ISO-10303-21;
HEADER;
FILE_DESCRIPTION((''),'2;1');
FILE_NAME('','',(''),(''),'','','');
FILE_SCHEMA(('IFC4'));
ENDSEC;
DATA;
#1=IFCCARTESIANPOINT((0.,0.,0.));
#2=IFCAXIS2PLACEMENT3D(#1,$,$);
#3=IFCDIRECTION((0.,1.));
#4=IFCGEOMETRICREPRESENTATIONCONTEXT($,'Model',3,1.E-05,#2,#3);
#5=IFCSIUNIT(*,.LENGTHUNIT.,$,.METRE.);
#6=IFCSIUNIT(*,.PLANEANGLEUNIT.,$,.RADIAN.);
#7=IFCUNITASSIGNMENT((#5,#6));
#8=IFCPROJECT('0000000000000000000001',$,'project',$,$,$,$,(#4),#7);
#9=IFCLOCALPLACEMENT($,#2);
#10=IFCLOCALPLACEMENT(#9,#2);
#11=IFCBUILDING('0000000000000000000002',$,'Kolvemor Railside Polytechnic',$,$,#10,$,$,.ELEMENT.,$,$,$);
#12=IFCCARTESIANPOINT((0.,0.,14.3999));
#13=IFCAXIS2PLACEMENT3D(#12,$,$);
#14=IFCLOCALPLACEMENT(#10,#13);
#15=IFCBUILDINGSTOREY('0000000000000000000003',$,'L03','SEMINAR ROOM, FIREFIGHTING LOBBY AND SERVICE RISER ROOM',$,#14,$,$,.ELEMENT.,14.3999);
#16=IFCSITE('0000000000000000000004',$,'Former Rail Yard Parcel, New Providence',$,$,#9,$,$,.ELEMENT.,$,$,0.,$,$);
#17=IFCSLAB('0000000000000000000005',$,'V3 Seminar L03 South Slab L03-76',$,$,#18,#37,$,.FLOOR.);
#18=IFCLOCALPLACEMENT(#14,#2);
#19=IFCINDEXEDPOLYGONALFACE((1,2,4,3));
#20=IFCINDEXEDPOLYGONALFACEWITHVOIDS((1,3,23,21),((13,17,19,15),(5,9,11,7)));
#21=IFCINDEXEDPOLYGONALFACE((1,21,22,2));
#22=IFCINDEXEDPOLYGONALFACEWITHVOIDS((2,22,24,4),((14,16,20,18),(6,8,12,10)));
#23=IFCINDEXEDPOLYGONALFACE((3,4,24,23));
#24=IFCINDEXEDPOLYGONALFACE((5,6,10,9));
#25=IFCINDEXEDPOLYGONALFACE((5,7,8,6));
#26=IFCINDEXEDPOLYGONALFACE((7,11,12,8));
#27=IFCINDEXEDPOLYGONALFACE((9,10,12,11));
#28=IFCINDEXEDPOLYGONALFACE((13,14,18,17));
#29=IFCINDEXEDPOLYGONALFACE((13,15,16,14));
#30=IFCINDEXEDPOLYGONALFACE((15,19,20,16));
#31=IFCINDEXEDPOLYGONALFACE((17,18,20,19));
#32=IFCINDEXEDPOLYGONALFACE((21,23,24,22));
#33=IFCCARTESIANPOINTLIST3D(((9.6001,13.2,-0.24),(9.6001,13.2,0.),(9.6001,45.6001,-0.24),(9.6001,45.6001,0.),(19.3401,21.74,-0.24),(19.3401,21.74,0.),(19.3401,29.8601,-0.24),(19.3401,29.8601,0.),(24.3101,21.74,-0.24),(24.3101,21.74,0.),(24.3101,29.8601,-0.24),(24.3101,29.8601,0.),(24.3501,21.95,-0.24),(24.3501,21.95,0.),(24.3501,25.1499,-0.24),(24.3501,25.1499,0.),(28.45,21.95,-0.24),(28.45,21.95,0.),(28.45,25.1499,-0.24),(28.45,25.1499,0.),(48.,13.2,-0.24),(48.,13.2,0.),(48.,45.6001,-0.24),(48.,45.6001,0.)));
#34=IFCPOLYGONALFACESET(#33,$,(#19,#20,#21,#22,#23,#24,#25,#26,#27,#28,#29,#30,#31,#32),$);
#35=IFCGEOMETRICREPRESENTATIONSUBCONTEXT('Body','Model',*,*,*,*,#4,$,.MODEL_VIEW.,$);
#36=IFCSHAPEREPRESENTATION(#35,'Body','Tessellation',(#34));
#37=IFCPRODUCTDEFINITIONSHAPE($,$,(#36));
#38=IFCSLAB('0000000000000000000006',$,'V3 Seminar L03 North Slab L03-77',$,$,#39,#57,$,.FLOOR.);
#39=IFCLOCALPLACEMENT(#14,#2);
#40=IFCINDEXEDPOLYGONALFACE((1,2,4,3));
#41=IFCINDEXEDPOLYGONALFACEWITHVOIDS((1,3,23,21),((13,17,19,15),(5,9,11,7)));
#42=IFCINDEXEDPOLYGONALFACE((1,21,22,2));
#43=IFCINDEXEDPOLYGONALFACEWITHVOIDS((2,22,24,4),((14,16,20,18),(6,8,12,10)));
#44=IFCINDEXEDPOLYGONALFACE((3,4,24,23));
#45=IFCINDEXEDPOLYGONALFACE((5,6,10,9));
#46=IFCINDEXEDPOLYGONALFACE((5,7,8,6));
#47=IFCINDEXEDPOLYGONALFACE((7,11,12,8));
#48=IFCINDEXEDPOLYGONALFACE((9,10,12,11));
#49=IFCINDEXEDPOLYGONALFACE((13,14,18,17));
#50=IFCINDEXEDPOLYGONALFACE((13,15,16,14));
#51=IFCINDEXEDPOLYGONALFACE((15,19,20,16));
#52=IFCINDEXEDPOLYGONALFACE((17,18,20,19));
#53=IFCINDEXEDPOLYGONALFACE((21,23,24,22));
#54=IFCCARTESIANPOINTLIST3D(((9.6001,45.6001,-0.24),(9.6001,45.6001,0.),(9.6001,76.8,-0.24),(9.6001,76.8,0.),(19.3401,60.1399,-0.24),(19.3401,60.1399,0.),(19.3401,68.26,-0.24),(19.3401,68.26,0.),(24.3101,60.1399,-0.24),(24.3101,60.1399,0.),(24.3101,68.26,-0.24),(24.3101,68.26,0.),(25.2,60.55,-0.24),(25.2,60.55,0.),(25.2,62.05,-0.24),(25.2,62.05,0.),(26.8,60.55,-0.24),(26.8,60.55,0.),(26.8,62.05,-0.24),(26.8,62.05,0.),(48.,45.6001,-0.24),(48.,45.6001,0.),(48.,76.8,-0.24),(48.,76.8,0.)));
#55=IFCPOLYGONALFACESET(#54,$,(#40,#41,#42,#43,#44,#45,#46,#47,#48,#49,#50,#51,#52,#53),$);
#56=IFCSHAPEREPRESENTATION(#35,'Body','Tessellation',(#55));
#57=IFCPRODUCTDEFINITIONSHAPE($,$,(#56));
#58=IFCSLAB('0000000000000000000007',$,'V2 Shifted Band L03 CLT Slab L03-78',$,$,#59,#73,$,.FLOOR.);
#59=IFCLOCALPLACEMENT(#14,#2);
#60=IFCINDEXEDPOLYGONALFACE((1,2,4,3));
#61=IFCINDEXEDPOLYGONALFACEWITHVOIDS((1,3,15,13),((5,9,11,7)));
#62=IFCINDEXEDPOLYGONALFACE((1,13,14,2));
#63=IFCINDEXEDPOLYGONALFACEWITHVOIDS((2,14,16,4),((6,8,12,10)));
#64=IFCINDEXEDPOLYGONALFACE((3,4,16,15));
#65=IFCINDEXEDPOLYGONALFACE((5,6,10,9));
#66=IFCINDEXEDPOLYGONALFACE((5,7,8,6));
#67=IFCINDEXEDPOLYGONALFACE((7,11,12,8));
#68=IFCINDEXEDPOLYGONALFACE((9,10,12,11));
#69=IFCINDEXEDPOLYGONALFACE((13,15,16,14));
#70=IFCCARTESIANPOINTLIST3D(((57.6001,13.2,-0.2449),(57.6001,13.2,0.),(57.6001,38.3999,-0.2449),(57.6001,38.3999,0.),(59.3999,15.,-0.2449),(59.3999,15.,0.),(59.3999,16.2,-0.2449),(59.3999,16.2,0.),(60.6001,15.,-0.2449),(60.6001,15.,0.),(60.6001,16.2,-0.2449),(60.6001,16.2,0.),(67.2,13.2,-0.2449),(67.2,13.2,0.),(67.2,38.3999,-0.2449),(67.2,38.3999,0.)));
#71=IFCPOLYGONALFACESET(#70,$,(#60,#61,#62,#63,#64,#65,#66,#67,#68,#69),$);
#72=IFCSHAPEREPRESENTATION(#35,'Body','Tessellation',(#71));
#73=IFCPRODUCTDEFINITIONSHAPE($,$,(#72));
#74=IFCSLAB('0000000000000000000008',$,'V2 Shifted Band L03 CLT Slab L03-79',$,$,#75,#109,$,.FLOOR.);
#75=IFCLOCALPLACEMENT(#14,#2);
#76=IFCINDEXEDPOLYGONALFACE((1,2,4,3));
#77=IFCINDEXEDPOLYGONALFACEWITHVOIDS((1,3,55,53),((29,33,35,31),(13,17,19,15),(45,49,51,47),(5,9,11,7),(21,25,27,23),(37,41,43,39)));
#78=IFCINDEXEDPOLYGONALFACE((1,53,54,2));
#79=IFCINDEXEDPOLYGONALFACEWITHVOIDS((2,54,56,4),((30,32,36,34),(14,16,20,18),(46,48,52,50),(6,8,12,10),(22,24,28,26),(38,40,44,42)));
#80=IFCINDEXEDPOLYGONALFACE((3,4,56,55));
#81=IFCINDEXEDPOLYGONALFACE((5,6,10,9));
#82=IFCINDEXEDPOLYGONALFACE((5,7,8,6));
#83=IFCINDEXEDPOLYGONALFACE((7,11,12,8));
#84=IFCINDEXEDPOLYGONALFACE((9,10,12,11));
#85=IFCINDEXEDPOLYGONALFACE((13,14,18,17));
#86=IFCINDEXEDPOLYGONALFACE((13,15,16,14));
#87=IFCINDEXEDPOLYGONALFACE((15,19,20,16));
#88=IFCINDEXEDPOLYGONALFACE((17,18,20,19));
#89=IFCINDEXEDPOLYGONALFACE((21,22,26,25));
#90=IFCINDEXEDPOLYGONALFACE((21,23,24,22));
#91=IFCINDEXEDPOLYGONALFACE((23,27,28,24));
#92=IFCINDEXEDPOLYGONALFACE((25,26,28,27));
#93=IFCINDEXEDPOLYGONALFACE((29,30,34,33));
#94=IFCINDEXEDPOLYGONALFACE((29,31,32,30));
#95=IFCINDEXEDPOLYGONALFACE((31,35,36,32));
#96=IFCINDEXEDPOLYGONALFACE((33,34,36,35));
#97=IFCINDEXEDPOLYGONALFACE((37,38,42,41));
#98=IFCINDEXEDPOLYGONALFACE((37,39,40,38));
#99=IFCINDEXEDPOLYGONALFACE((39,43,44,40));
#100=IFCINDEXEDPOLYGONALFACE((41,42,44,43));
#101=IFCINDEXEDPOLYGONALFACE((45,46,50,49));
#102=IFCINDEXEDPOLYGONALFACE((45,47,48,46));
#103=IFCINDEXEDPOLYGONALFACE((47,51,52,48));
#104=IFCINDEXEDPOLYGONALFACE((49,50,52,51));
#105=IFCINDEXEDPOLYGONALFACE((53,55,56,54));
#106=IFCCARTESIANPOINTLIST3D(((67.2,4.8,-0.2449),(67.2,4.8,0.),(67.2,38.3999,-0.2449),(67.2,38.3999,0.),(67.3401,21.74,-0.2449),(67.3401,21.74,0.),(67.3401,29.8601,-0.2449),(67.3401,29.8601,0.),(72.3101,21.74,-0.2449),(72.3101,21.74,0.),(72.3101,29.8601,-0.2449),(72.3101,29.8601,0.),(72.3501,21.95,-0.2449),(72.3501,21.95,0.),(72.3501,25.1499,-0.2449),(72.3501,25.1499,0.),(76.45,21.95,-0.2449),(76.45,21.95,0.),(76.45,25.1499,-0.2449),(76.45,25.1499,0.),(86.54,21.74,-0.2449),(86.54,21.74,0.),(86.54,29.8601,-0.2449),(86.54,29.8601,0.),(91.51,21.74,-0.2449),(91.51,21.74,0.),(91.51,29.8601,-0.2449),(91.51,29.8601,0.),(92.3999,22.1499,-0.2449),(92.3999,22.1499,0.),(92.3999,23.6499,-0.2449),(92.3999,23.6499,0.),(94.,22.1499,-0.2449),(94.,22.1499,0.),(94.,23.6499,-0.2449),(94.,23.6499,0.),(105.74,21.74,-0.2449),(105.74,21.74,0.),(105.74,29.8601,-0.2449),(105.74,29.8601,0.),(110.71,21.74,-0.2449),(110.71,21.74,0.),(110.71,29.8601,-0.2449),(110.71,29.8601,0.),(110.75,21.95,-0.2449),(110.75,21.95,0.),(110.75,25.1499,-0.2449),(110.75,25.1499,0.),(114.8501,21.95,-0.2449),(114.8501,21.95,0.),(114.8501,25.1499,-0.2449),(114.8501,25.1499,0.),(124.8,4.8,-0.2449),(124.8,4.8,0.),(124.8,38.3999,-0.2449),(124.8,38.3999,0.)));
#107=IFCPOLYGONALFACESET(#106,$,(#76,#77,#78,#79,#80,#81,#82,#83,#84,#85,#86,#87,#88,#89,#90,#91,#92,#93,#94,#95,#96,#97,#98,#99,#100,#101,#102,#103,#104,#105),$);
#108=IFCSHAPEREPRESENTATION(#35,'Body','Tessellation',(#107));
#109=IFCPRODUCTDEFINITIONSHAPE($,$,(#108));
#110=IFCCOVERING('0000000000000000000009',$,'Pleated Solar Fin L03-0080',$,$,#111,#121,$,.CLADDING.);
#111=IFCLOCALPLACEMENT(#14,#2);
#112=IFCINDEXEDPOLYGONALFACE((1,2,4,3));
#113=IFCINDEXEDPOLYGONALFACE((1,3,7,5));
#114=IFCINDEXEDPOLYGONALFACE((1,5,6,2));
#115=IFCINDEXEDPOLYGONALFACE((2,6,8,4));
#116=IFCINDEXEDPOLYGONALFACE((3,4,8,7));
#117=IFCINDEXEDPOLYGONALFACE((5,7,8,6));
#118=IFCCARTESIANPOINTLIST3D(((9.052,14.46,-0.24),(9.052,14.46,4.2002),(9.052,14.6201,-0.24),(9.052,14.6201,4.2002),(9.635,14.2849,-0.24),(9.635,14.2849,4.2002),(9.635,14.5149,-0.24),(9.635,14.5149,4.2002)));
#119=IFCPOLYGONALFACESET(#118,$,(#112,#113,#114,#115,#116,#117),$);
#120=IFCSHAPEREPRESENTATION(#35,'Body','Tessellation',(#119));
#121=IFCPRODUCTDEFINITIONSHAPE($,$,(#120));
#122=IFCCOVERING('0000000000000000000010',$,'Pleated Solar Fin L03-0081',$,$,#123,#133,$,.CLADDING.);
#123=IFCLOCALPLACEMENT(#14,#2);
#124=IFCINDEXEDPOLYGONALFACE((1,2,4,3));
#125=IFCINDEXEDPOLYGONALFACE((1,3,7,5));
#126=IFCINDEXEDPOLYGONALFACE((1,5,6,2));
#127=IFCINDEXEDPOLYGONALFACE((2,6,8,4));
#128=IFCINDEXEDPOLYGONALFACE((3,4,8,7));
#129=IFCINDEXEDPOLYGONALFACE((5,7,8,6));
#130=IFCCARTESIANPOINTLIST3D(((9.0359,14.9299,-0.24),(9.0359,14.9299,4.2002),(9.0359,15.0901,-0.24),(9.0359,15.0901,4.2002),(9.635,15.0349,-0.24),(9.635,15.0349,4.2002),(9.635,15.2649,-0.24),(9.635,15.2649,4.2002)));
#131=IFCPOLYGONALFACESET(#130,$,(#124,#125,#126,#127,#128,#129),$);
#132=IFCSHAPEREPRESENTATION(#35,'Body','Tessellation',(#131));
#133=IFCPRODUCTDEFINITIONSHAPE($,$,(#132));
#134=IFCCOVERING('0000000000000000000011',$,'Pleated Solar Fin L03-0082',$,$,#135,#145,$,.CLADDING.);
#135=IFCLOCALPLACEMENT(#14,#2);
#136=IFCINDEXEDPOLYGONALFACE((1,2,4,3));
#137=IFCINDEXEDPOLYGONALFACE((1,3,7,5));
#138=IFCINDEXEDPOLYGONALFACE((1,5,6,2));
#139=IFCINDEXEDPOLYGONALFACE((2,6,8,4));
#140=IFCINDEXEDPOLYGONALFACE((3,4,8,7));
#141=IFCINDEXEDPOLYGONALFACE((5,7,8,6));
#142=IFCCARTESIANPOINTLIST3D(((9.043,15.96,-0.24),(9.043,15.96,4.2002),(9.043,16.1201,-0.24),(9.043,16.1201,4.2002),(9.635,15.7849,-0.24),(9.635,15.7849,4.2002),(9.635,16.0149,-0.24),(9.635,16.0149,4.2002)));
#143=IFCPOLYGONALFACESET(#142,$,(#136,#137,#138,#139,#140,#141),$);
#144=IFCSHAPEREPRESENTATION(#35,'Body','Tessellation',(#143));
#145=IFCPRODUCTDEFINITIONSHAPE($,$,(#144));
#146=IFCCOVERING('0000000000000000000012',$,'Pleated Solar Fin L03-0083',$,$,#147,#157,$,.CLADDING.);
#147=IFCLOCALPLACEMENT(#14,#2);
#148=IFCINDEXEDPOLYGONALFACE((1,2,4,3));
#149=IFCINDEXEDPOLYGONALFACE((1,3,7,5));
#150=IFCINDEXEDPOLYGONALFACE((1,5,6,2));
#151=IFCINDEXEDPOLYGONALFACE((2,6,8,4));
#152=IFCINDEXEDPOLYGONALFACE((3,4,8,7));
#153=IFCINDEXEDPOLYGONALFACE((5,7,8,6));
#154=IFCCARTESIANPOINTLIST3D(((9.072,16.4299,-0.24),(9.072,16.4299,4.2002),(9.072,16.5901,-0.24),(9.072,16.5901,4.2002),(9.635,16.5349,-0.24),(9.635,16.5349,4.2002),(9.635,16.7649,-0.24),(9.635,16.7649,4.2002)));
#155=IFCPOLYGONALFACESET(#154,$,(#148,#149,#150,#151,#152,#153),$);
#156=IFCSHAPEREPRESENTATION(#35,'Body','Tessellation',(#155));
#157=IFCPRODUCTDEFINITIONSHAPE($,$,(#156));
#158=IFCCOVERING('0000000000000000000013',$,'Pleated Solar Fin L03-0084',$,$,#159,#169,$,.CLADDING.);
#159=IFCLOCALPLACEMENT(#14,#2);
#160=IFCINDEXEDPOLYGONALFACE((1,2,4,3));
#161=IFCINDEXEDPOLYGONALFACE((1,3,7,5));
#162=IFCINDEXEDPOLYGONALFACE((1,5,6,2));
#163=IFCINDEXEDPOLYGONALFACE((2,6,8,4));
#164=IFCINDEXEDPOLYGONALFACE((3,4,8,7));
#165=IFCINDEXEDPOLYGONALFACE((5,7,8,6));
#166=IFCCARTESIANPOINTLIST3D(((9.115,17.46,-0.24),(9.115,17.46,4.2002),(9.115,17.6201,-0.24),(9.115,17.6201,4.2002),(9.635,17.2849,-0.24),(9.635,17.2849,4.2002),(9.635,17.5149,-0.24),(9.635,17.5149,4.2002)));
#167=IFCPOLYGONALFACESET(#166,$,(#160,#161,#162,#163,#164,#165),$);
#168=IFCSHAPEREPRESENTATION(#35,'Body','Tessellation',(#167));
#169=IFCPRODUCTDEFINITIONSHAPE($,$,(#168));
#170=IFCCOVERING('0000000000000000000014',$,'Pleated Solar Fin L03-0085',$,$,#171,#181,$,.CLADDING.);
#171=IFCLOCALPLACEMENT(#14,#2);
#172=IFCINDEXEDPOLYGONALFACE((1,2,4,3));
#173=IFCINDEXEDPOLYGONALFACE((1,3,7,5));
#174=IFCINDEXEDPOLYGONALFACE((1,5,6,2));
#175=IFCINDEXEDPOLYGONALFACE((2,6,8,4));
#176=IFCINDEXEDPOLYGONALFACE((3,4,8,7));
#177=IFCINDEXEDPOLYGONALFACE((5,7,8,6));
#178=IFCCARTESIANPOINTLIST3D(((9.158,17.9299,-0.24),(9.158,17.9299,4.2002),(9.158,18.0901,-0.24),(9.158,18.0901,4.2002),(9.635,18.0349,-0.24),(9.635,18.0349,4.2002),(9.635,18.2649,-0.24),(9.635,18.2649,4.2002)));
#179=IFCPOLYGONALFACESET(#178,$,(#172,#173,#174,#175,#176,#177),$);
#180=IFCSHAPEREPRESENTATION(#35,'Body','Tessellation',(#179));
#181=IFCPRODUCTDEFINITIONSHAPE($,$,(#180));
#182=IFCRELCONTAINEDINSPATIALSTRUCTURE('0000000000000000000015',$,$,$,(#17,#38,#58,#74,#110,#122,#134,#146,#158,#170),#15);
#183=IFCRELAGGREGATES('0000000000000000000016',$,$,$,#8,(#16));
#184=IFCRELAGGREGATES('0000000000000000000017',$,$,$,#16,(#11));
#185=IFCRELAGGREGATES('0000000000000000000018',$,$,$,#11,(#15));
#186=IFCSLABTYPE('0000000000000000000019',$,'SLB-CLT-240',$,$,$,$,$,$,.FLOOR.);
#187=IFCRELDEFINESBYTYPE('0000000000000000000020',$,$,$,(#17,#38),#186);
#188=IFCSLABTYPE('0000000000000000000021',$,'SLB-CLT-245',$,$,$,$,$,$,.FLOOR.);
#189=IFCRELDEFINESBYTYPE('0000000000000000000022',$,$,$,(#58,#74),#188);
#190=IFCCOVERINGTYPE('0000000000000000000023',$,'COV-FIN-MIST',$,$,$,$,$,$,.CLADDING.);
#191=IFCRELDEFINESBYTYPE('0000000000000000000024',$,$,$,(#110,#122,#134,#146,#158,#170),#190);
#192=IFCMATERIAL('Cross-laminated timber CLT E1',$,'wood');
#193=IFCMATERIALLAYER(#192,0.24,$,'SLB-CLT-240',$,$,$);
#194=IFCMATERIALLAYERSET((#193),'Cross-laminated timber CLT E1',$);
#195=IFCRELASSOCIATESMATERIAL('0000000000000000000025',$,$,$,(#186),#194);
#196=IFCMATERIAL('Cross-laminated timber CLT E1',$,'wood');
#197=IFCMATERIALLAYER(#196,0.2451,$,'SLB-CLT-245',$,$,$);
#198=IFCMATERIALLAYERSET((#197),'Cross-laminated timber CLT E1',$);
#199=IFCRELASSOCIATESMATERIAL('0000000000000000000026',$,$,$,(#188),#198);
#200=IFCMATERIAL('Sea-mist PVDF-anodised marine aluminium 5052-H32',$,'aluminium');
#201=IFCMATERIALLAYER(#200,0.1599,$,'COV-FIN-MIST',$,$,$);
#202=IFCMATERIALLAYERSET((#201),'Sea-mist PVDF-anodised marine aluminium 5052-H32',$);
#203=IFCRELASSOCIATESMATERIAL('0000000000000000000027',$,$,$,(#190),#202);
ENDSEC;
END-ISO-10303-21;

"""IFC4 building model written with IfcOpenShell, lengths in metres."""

from ifc_helpers import new_model, si_unit, direction, frame, origin, place, context, subcontext, project, spatial, polyline, outline, extrude, material, layer, layer_set, type_object, element, save


model = new_model("IFC4")

# Units and contexts
model_context = context("Model", 3, precision=1e-05, world=origin(), true_north=direction((0.0, 1.0)))
body_context = subcontext(model_context, "Body", "Model", "MODEL_VIEW")
ifc_project = project(units=[si_unit("LENGTHUNIT", "METRE"), si_unit("PLANEANGLEUNIT", "RADIAN")], contexts=[model_context])

# Site, building, storey
site_placement = place(None, origin())
site = spatial("IfcSite", under=ifc_project, at=site_placement, Name="Former Rail Yard Parcel, New Providence", CompositionType="ELEMENT", RefElevation=0.0)
building_placement = place(site_placement, origin())
building = spatial("IfcBuilding", under=site, at=building_placement, Name="Kolvemor Railside Polytechnic", CompositionType="ELEMENT")
storey_placement = place(building_placement, frame((0.0, 0.0, 14.3999)))
storey = spatial("IfcBuildingStorey", under=building, at=storey_placement, Name="L03", Description="SEMINAR ROOM, FIREFIGHTING LOBBY AND SERVICE RISER ROOM", CompositionType="ELEMENT", Elevation=14.3999)

# Slabs
ifc_material_1 = material(Name="Cross-laminated timber CLT E1", Category="wood")
ifc_layer_1 = layer(ifc_material_1, 0.24, Name="SLB-CLT-240")
ifc_layer_set_1 = layer_set([ifc_layer_1], Name="Cross-laminated timber CLT E1")
slab_type_1 = type_object("IfcSlabType", Name="SLB-CLT-240", PredefinedType="FLOOR", material=ifc_layer_set_1)
slab_1_placement = place(storey_placement, frame((0.0, 0.0, -0.24)))
element("IfcSlab", 1, at=slab_1_placement, inside=storey, type_object=slab_type_1, Name="V3 Seminar L03 South Slab L03-76", PredefinedType="FLOOR", context=body_context, shape_type="SweptSolid", body=[
    extrude(outline(polyline([(9.6001, 13.2), (48.0, 13.2), (48.0, 45.6001), (9.6001, 45.6001), (9.6001, 13.2)]), holes=[polyline([(19.3401, 21.74), (24.3101, 21.74), (24.3101, 29.8601), (19.3401, 29.8601), (19.3401, 21.74)]), polyline([(24.3501, 21.95), (28.45, 21.95), (28.45, 25.1499), (24.3501, 25.1499), (24.3501, 21.95)])]), origin(), (0.0, 0.0, 1.0), 0.24),
])
slab_2_placement = place(storey_placement, frame((0.0, 0.0, -0.24)))
element("IfcSlab", 2, at=slab_2_placement, inside=storey, type_object=slab_type_1, Name="V3 Seminar L03 North Slab L03-77", PredefinedType="FLOOR", context=body_context, shape_type="SweptSolid", body=[
    extrude(outline(polyline([(9.6001, 45.6001), (48.0, 45.6001), (48.0, 76.8), (9.6001, 76.8), (9.6001, 45.6001)]), holes=[polyline([(19.3401, 60.1399), (24.3101, 60.1399), (24.3101, 68.26), (19.3401, 68.26), (19.3401, 60.1399)]), polyline([(25.2, 60.55), (26.8, 60.55), (26.8, 62.05), (25.2, 62.05), (25.2, 60.55)])]), origin(), (0.0, 0.0, 1.0), 0.24),
])
ifc_material_2 = material(Name="Cross-laminated timber CLT E1", Category="wood")
ifc_layer_2 = layer(ifc_material_2, 0.2451, Name="SLB-CLT-245")
ifc_layer_set_2 = layer_set([ifc_layer_2], Name="Cross-laminated timber CLT E1")
slab_type_2 = type_object("IfcSlabType", Name="SLB-CLT-245", PredefinedType="FLOOR", material=ifc_layer_set_2)
slab_3_placement = place(storey_placement, frame((0.0, 0.0, -0.2449)))
element("IfcSlab", 3, at=slab_3_placement, inside=storey, type_object=slab_type_2, Name="V2 Shifted Band L03 CLT Slab L03-78", PredefinedType="FLOOR", context=body_context, shape_type="SweptSolid", body=[
    extrude(outline(polyline([(57.6001, 13.2), (67.2, 13.2), (67.2, 38.3999), (57.6001, 38.3999), (57.6001, 13.2)]), holes=[polyline([(59.3999, 15.0), (60.6001, 15.0), (60.6001, 16.2), (59.3999, 16.2), (59.3999, 15.0)])]), origin(), (0.0, 0.0, 1.0), 0.2449),
])
slab_4_placement = place(storey_placement, frame((0.0, 0.0, -0.2449)))
element("IfcSlab", 4, at=slab_4_placement, inside=storey, type_object=slab_type_2, Name="V2 Shifted Band L03 CLT Slab L03-79", PredefinedType="FLOOR", context=body_context, shape_type="SweptSolid", body=[
    extrude(outline(polyline([(67.2, 4.8), (124.8, 4.8), (124.8, 38.3999), (67.2, 38.3999), (67.2, 4.8)]), holes=[polyline([(67.3401, 21.74), (72.3101, 21.74), (72.3101, 29.8601), (67.3401, 29.8601), (67.3401, 21.74)]), polyline([(72.3501, 21.95), (76.45, 21.95), (76.45, 25.1499), (72.3501, 25.1499), (72.3501, 21.95)]), polyline([(105.74, 21.74), (110.71, 21.74), (110.71, 29.8601), (105.74, 29.8601), (105.74, 21.74)]), polyline([(110.75, 21.95), (114.8501, 21.95), (114.8501, 25.1499), (110.75, 25.1499), (110.75, 21.95)]), polyline([(86.54, 21.74), (91.51, 21.74), (91.51, 29.8601), (86.54, 29.8601), (86.54, 21.74)]), polyline([(92.3999, 22.1499), (94.0, 22.1499), (94.0, 23.6499), (92.3999, 23.6499), (92.3999, 22.1499)])]), origin(), (0.0, 0.0, 1.0), 0.2449),
])

# Coverings
ifc_material_3 = material(Name="Sea-mist PVDF-anodised marine aluminium 5052-H32", Category="aluminium")
ifc_layer_3 = layer(ifc_material_3, 0.1599, Name="COV-FIN-MIST")
ifc_layer_set_3 = layer_set([ifc_layer_3], Name="Sea-mist PVDF-anodised marine aluminium 5052-H32")
covering_type = type_object("IfcCoveringType", Name="COV-FIN-MIST", PredefinedType="CLADDING", material=ifc_layer_set_3)
covering_1_placement = place(storey_placement, frame((0.0, 0.0, -0.24)))
element("IfcCovering", 5, at=covering_1_placement, inside=storey, type_object=covering_type, Name="Pleated Solar Fin L03-0080", PredefinedType="CLADDING", context=body_context, shape_type="SweptSolid", body=[
    extrude(outline(polyline([(9.635, 14.2849), (9.635, 14.5149), (9.052, 14.6201), (9.052, 14.46), (9.635, 14.2849)])), origin(), (0.0, 0.0, 1.0), 4.4402),
])
covering_2_placement = place(storey_placement, frame((0.0, 0.0, -0.24)))
element("IfcCovering", 6, at=covering_2_placement, inside=storey, type_object=covering_type, Name="Pleated Solar Fin L03-0081", PredefinedType="CLADDING", context=body_context, shape_type="SweptSolid", body=[
    extrude(outline(polyline([(9.635, 15.0349), (9.635, 15.2649), (9.0359, 15.0901), (9.0359, 14.9299), (9.635, 15.0349)])), origin(), (0.0, 0.0, 1.0), 4.4402),
])
covering_3_placement = place(storey_placement, frame((0.0, 0.0, -0.24)))
element("IfcCovering", 7, at=covering_3_placement, inside=storey, type_object=covering_type, Name="Pleated Solar Fin L03-0082", PredefinedType="CLADDING", context=body_context, shape_type="SweptSolid", body=[
    extrude(outline(polyline([(9.635, 15.7849), (9.635, 16.0149), (9.043, 16.1201), (9.043, 15.96), (9.635, 15.7849)])), origin(), (0.0, 0.0, 1.0), 4.4402),
])
covering_4_placement = place(storey_placement, frame((0.0, 0.0, -0.24)))
element("IfcCovering", 8, at=covering_4_placement, inside=storey, type_object=covering_type, Name="Pleated Solar Fin L03-0083", PredefinedType="CLADDING", context=body_context, shape_type="SweptSolid", body=[
    extrude(outline(polyline([(9.635, 16.5349), (9.635, 16.7649), (9.072, 16.5901), (9.072, 16.4299), (9.635, 16.5349)])), origin(), (0.0, 0.0, 1.0), 4.4402),
])
covering_5_placement = place(storey_placement, frame((0.0, 0.0, -0.24)))
element("IfcCovering", 9, at=covering_5_placement, inside=storey, type_object=covering_type, Name="Pleated Solar Fin L03-0084", PredefinedType="CLADDING", context=body_context, shape_type="SweptSolid", body=[
    extrude(outline(polyline([(9.635, 17.2849), (9.635, 17.5149), (9.115, 17.6201), (9.115, 17.46), (9.635, 17.2849)])), origin(), (0.0, 0.0, 1.0), 4.4402),
])
covering_6_placement = place(storey_placement, frame((0.0, 0.0, -0.24)))
element("IfcCovering", 10, at=covering_6_placement, inside=storey, type_object=covering_type, Name="Pleated Solar Fin L03-0085", PredefinedType="CLADDING", context=body_context, shape_type="SweptSolid", body=[
    extrude(outline(polyline([(9.635, 18.0349), (9.635, 18.2649), (9.158, 18.0901), (9.158, 17.9299), (9.635, 18.0349)])), origin(), (0.0, 0.0, 1.0), 4.4402),
])

save(model, "model.ifc")
